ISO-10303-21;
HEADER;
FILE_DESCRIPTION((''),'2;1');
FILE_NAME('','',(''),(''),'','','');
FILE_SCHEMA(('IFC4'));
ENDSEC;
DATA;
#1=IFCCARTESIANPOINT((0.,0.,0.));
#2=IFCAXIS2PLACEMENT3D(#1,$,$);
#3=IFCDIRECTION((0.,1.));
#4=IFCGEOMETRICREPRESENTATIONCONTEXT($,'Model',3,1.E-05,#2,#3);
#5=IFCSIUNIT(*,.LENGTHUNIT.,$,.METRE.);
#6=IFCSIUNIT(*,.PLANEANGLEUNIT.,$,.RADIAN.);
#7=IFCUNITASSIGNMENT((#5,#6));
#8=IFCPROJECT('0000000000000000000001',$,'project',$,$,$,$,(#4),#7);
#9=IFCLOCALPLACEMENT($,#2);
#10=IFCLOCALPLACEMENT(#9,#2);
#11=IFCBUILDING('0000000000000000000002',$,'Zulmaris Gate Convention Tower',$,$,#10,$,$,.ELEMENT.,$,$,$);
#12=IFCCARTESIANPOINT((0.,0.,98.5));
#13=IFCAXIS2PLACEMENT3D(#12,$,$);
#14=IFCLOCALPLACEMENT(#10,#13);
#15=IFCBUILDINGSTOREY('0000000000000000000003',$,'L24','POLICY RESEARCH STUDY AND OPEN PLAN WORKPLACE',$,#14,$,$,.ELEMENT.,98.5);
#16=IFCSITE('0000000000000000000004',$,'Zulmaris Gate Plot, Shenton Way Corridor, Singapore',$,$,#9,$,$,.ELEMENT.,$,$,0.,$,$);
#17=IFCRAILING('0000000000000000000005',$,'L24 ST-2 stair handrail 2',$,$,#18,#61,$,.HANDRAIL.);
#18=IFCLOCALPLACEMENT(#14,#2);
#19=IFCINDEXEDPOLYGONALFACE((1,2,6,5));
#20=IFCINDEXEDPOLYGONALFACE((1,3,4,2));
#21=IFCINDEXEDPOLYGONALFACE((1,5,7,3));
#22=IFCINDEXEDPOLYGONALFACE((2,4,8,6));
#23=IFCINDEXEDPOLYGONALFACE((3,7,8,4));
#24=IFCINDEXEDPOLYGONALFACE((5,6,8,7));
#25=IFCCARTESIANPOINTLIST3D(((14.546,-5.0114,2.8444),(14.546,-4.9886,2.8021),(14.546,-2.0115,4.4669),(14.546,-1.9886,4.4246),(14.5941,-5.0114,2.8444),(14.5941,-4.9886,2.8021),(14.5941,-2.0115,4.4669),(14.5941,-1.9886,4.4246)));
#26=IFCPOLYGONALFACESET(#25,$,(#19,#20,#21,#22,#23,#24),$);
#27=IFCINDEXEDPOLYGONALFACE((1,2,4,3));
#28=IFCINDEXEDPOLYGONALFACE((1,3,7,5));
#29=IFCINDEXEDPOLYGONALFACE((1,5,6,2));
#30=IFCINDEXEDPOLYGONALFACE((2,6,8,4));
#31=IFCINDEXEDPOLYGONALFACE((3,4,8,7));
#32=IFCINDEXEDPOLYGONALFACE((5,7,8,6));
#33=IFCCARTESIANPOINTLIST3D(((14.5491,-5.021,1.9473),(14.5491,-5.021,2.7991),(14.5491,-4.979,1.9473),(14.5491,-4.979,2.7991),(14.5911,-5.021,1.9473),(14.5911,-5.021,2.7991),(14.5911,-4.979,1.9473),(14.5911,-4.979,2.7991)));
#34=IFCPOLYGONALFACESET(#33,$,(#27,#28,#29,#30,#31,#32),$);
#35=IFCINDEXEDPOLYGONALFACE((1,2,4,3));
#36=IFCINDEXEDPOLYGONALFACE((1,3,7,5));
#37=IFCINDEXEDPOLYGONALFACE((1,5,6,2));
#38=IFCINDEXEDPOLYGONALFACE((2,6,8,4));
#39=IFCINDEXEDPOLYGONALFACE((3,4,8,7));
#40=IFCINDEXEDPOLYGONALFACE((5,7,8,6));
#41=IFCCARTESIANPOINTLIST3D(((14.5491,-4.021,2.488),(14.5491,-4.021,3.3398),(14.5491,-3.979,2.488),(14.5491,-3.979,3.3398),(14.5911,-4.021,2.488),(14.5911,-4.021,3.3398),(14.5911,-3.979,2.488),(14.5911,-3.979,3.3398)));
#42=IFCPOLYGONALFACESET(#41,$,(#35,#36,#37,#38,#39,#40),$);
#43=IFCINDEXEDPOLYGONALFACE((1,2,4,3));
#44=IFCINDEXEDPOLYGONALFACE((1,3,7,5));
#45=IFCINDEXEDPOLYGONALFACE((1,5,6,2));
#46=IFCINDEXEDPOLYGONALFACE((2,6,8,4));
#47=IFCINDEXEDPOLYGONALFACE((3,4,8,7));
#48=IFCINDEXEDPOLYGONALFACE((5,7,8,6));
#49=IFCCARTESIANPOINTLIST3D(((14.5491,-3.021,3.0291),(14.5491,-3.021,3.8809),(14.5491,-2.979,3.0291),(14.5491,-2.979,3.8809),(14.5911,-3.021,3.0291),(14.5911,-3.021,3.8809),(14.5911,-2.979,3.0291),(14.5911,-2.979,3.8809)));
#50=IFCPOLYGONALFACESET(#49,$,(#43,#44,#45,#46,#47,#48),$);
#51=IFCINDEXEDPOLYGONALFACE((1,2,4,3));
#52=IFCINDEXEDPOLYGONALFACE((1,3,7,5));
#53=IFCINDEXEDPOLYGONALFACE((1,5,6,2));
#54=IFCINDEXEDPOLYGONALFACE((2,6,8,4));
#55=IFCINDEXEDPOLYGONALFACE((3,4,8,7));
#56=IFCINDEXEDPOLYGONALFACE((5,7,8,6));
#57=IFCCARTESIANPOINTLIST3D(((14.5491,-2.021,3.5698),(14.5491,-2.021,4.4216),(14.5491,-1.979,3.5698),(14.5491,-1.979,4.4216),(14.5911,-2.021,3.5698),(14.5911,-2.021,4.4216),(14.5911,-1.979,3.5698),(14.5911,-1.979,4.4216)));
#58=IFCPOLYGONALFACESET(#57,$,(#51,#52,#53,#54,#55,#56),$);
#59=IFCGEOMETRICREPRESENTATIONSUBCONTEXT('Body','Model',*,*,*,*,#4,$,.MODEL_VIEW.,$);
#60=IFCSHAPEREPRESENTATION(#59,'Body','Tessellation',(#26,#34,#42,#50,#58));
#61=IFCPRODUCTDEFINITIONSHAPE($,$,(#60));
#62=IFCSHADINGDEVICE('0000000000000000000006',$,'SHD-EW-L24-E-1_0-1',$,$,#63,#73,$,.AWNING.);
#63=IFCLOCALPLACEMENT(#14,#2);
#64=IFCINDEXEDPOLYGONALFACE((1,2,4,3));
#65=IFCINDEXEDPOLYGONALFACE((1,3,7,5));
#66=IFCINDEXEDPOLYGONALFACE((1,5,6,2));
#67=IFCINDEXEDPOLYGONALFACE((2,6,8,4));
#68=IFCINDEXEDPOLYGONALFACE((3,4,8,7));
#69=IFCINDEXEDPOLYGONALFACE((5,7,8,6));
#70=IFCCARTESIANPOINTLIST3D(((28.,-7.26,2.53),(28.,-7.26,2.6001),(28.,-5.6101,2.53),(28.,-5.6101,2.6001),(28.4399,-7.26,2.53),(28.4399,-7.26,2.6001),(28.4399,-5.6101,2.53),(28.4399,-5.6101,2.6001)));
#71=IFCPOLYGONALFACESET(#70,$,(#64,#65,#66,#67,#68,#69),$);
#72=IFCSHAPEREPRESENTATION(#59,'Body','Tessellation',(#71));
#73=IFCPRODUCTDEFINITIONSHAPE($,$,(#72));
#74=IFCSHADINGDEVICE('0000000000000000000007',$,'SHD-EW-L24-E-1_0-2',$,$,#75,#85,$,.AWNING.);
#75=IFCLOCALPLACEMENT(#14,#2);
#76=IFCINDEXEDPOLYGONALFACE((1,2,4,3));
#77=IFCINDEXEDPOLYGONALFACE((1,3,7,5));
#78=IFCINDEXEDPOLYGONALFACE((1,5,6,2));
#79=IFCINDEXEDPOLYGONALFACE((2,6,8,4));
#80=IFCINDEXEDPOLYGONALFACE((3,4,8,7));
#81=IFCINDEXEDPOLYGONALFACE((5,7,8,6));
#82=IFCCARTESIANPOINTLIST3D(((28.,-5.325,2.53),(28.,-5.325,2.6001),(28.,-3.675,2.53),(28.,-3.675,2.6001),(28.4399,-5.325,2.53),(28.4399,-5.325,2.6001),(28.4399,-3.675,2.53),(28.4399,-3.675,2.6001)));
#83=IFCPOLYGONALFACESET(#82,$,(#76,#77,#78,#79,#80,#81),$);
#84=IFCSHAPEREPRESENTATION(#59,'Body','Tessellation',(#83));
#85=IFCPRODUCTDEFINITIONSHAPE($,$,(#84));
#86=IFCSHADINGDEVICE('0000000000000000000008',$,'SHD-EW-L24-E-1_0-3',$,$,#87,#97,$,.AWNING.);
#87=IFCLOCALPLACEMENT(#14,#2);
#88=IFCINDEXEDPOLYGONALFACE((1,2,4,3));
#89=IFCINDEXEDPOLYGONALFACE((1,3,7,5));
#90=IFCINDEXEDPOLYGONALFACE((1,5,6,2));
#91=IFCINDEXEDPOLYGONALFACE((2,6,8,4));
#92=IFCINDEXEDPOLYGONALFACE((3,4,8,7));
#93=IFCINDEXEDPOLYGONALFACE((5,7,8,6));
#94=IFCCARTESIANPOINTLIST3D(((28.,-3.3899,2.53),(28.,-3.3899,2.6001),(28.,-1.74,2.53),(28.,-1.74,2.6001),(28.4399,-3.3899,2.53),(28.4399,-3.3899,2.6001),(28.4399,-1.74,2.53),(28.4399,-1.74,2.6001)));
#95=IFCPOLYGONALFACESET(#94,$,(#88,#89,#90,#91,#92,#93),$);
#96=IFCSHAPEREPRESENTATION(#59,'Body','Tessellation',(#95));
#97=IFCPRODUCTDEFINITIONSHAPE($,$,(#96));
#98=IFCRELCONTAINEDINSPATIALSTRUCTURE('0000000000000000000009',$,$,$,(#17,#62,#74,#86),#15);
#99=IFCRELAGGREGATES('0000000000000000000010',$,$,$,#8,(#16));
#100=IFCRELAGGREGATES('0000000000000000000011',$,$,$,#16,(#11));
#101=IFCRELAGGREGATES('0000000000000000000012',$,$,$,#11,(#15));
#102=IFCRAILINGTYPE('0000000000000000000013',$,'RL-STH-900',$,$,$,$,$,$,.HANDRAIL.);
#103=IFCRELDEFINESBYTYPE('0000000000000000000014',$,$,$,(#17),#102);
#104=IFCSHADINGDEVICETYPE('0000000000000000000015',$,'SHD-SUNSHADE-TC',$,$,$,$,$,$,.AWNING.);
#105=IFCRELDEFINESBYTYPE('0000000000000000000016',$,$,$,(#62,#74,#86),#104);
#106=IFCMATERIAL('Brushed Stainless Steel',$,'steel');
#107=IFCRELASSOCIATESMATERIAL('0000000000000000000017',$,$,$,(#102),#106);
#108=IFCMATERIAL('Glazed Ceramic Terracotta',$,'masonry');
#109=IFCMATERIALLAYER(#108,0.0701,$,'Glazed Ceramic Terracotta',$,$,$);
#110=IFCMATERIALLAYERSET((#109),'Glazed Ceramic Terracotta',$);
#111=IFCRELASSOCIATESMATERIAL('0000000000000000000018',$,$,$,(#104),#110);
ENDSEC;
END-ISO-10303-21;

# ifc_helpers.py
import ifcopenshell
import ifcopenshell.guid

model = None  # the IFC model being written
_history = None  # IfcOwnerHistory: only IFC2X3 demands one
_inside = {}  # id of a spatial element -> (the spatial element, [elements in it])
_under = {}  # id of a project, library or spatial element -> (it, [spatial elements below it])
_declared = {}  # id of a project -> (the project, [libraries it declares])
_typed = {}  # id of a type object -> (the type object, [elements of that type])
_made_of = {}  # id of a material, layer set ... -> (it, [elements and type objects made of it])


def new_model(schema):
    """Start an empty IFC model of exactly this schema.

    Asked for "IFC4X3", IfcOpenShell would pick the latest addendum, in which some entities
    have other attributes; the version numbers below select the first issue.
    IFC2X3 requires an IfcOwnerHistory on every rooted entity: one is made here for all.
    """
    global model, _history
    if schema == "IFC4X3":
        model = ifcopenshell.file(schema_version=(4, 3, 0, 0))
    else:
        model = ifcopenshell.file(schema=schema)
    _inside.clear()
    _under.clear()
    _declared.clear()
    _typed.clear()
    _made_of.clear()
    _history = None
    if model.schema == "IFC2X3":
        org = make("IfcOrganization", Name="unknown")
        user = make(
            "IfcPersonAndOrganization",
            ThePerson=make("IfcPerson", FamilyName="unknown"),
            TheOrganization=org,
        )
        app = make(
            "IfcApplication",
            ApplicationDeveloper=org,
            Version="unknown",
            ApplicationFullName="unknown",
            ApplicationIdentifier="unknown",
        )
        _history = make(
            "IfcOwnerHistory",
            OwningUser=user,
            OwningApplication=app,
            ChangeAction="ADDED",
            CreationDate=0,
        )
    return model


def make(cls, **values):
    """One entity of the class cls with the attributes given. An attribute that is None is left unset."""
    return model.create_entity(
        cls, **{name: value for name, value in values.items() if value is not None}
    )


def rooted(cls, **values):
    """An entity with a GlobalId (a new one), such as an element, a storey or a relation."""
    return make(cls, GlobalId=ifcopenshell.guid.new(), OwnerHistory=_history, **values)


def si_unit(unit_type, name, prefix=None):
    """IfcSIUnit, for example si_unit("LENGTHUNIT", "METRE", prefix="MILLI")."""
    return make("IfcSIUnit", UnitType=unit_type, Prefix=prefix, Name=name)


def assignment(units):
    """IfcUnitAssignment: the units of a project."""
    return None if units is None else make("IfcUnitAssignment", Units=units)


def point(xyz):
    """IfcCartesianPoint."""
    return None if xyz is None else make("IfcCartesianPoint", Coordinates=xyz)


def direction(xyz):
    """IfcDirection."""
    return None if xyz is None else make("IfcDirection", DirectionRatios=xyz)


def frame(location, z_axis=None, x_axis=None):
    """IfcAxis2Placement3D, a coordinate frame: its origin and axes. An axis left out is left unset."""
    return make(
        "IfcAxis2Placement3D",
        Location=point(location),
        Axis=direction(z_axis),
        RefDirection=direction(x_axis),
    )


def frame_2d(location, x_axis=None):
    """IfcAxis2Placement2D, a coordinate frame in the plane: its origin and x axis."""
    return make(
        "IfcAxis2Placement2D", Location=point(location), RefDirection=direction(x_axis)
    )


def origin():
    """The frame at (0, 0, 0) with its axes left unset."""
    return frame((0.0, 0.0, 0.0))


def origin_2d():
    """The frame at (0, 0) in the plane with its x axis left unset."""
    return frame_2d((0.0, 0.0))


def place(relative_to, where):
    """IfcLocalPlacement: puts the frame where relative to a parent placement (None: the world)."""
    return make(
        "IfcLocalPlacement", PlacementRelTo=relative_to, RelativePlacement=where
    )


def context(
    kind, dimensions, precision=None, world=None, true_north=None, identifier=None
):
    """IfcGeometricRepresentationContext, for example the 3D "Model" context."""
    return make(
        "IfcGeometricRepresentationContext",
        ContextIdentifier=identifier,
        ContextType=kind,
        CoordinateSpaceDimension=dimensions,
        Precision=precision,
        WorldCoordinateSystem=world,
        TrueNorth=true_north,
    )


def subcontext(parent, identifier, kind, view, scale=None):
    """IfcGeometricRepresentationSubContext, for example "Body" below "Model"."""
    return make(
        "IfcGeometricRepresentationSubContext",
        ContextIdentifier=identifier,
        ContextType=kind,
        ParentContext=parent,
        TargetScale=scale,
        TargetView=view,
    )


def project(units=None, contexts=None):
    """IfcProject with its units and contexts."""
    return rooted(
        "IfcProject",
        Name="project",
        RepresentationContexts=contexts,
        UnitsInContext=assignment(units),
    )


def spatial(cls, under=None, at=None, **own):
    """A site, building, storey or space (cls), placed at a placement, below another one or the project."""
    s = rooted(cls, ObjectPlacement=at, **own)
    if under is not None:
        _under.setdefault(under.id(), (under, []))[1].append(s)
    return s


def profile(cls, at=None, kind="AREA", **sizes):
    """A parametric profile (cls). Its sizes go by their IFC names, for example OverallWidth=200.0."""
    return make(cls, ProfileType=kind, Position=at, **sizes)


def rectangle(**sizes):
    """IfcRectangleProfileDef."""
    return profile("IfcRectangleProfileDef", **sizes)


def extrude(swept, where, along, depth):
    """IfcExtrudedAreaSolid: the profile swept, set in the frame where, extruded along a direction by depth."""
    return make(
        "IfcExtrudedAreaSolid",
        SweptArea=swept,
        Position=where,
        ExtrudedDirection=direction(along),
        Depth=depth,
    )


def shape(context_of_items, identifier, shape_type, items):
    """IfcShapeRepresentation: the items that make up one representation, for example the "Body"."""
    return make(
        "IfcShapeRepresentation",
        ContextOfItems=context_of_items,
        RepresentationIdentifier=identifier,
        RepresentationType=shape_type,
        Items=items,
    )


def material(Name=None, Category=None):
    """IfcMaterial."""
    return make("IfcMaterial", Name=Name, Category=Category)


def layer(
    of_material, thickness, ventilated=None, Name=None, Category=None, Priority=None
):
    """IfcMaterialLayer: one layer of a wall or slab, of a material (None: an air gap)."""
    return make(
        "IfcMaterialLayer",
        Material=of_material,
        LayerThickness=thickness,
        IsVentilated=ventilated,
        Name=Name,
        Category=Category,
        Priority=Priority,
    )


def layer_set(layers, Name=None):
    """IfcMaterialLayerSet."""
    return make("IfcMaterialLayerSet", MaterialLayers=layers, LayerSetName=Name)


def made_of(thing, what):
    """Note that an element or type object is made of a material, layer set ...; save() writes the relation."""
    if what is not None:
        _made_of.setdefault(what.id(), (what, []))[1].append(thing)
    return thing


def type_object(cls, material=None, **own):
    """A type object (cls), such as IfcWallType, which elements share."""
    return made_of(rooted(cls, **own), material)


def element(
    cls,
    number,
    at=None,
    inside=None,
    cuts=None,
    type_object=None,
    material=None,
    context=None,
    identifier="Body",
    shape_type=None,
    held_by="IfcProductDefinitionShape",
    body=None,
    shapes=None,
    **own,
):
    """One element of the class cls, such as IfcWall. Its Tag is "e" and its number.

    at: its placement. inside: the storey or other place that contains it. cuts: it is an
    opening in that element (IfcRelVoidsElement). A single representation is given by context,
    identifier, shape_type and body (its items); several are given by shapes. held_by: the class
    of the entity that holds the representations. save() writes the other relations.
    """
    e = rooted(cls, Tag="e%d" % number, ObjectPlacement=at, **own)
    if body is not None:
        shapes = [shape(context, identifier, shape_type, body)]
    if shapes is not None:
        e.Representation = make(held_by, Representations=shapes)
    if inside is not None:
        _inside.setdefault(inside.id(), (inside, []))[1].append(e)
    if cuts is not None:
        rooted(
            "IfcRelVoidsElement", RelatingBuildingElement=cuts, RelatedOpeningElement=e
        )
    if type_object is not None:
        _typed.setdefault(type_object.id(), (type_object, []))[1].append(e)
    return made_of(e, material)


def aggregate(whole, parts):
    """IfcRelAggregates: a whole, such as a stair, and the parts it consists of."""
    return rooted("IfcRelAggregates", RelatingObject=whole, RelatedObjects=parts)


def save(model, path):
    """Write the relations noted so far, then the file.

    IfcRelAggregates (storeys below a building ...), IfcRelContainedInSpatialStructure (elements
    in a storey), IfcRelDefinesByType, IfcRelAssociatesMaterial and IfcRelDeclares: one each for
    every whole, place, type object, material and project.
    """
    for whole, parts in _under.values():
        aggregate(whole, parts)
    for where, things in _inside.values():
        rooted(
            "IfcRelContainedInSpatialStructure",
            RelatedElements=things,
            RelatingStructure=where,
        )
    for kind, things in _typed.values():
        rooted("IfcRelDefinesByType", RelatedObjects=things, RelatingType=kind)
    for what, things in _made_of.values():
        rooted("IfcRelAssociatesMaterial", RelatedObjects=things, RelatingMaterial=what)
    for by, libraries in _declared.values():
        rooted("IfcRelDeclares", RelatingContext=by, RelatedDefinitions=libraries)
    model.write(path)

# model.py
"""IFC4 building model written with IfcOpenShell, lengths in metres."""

from ifc_helpers import new_model, si_unit, direction, frame, frame_2d, origin, origin_2d, place, context, subcontext, project, spatial, rectangle, extrude, material, layer, layer_set, type_object, element, save


model = new_model("IFC4")

# Units and contexts
model_context = context("Model", 3, precision=1e-05, world=origin(), true_north=direction((0.0, 1.0)))
body_context = subcontext(model_context, "Body", "Model", "MODEL_VIEW")
ifc_project = project(units=[si_unit("LENGTHUNIT", "METRE"), si_unit("PLANEANGLEUNIT", "RADIAN")], contexts=[model_context])

# Site, building, storey
site_placement = place(None, origin())
site = spatial("IfcSite", under=ifc_project, at=site_placement, Name="Zulmaris Gate Plot, Shenton Way Corridor, Singapore", CompositionType="ELEMENT", RefElevation=0.0)
building_placement = place(site_placement, origin())
building = spatial("IfcBuilding", under=site, at=building_placement, Name="Zulmaris Gate Convention Tower", CompositionType="ELEMENT")
storey_placement = place(building_placement, frame((0.0, 0.0, 98.5)))
storey = spatial("IfcBuildingStorey", under=building, at=storey_placement, Name="L24", Description="POLICY RESEARCH STUDY AND OPEN PLAN WORKPLACE", CompositionType="ELEMENT", Elevation=98.5)

# Shared definitions
ifc_material_1 = material(Name="Brushed Stainless Steel", Category="steel")

# Railing
railing_type_1 = type_object("IfcRailingType", Name="RL-STH-900", PredefinedType="HANDRAIL", material=ifc_material_1)
railing_1_placement = place(storey_placement, frame((14.5701, -5.0, 1.9473)))
element("IfcRailing", 1, at=railing_1_placement, inside=storey, type_object=railing_type_1, Name="L24 ST-2 stair handrail 2", PredefinedType="HANDRAIL", context=body_context, shape_type="SweptSolid", body=[
    extrude(rectangle(XDim=0.0481, YDim=0.0481, at=origin_2d()), frame((0.0, 0.0, 0.876), z_axis=(0.0, 0.879592, 0.47573), x_axis=(-1.0, 0.0, 0.0)), (0.0, 0.0, 1.0), 3.4106),
    extrude(rectangle(XDim=0.042, YDim=0.042, at=origin_2d()), origin(), (0.0, 0.0, 1.0), 0.8518),
    extrude(rectangle(XDim=0.042, YDim=0.042, at=origin_2d()), frame((0.0, 1.0, 0.5408)), (0.0, 0.0, 1.0), 0.8518),
    extrude(rectangle(XDim=0.042, YDim=0.042, at=origin_2d()), frame((0.0, 2.0, 1.0818)), (0.0, 0.0, 1.0), 0.8518),
    extrude(rectangle(XDim=0.042, YDim=0.042, at=origin_2d()), frame((0.0, 3.0, 1.6226)), (0.0, 0.0, 1.0), 0.8518),
])

# Shading devices
ifc_material_2 = material(Name="Glazed Ceramic Terracotta", Category="masonry")
ifc_layer_1 = layer(ifc_material_2, 0.0701, Name="Glazed Ceramic Terracotta")
ifc_layer_set_1 = layer_set([ifc_layer_1], Name="Glazed Ceramic Terracotta")
shading_device_type = type_object("IfcShadingDeviceType", Name="SHD-SUNSHADE-TC", PredefinedType="AWNING", material=ifc_layer_set_1)
for number, where, z_axis, x_axis, name in (
    (2, (28.22, -7.26, 2.53), (0.0, 0.0, 1.0), (0.0, 1.0, 0.0), "SHD-EW-L24-E-1_0-1"),
    (3, (28.22, -5.325, 2.53), (0.0, 0.0, 1.0), (0.0, 1.0, 0.0), "SHD-EW-L24-E-1_0-2"),
    (4, (28.22, -3.3899, 2.53), (0.0, 0.0, 1.0), (0.0, 1.0, 0.0), "SHD-EW-L24-E-1_0-3"),
):
    element("IfcShadingDevice", number, at=place(storey_placement, frame(where, z_axis=z_axis, x_axis=x_axis)), inside=storey, type_object=shading_device_type, Name=name, PredefinedType="AWNING", context=body_context, shape_type="SweptSolid", body=[
        extrude(rectangle(XDim=1.6499, YDim=0.4399, at=frame_2d((0.825, 0.0))), origin(), (0.0, 0.0, 1.0), 0.0701),
    ])

save(model, "model.ifc")
